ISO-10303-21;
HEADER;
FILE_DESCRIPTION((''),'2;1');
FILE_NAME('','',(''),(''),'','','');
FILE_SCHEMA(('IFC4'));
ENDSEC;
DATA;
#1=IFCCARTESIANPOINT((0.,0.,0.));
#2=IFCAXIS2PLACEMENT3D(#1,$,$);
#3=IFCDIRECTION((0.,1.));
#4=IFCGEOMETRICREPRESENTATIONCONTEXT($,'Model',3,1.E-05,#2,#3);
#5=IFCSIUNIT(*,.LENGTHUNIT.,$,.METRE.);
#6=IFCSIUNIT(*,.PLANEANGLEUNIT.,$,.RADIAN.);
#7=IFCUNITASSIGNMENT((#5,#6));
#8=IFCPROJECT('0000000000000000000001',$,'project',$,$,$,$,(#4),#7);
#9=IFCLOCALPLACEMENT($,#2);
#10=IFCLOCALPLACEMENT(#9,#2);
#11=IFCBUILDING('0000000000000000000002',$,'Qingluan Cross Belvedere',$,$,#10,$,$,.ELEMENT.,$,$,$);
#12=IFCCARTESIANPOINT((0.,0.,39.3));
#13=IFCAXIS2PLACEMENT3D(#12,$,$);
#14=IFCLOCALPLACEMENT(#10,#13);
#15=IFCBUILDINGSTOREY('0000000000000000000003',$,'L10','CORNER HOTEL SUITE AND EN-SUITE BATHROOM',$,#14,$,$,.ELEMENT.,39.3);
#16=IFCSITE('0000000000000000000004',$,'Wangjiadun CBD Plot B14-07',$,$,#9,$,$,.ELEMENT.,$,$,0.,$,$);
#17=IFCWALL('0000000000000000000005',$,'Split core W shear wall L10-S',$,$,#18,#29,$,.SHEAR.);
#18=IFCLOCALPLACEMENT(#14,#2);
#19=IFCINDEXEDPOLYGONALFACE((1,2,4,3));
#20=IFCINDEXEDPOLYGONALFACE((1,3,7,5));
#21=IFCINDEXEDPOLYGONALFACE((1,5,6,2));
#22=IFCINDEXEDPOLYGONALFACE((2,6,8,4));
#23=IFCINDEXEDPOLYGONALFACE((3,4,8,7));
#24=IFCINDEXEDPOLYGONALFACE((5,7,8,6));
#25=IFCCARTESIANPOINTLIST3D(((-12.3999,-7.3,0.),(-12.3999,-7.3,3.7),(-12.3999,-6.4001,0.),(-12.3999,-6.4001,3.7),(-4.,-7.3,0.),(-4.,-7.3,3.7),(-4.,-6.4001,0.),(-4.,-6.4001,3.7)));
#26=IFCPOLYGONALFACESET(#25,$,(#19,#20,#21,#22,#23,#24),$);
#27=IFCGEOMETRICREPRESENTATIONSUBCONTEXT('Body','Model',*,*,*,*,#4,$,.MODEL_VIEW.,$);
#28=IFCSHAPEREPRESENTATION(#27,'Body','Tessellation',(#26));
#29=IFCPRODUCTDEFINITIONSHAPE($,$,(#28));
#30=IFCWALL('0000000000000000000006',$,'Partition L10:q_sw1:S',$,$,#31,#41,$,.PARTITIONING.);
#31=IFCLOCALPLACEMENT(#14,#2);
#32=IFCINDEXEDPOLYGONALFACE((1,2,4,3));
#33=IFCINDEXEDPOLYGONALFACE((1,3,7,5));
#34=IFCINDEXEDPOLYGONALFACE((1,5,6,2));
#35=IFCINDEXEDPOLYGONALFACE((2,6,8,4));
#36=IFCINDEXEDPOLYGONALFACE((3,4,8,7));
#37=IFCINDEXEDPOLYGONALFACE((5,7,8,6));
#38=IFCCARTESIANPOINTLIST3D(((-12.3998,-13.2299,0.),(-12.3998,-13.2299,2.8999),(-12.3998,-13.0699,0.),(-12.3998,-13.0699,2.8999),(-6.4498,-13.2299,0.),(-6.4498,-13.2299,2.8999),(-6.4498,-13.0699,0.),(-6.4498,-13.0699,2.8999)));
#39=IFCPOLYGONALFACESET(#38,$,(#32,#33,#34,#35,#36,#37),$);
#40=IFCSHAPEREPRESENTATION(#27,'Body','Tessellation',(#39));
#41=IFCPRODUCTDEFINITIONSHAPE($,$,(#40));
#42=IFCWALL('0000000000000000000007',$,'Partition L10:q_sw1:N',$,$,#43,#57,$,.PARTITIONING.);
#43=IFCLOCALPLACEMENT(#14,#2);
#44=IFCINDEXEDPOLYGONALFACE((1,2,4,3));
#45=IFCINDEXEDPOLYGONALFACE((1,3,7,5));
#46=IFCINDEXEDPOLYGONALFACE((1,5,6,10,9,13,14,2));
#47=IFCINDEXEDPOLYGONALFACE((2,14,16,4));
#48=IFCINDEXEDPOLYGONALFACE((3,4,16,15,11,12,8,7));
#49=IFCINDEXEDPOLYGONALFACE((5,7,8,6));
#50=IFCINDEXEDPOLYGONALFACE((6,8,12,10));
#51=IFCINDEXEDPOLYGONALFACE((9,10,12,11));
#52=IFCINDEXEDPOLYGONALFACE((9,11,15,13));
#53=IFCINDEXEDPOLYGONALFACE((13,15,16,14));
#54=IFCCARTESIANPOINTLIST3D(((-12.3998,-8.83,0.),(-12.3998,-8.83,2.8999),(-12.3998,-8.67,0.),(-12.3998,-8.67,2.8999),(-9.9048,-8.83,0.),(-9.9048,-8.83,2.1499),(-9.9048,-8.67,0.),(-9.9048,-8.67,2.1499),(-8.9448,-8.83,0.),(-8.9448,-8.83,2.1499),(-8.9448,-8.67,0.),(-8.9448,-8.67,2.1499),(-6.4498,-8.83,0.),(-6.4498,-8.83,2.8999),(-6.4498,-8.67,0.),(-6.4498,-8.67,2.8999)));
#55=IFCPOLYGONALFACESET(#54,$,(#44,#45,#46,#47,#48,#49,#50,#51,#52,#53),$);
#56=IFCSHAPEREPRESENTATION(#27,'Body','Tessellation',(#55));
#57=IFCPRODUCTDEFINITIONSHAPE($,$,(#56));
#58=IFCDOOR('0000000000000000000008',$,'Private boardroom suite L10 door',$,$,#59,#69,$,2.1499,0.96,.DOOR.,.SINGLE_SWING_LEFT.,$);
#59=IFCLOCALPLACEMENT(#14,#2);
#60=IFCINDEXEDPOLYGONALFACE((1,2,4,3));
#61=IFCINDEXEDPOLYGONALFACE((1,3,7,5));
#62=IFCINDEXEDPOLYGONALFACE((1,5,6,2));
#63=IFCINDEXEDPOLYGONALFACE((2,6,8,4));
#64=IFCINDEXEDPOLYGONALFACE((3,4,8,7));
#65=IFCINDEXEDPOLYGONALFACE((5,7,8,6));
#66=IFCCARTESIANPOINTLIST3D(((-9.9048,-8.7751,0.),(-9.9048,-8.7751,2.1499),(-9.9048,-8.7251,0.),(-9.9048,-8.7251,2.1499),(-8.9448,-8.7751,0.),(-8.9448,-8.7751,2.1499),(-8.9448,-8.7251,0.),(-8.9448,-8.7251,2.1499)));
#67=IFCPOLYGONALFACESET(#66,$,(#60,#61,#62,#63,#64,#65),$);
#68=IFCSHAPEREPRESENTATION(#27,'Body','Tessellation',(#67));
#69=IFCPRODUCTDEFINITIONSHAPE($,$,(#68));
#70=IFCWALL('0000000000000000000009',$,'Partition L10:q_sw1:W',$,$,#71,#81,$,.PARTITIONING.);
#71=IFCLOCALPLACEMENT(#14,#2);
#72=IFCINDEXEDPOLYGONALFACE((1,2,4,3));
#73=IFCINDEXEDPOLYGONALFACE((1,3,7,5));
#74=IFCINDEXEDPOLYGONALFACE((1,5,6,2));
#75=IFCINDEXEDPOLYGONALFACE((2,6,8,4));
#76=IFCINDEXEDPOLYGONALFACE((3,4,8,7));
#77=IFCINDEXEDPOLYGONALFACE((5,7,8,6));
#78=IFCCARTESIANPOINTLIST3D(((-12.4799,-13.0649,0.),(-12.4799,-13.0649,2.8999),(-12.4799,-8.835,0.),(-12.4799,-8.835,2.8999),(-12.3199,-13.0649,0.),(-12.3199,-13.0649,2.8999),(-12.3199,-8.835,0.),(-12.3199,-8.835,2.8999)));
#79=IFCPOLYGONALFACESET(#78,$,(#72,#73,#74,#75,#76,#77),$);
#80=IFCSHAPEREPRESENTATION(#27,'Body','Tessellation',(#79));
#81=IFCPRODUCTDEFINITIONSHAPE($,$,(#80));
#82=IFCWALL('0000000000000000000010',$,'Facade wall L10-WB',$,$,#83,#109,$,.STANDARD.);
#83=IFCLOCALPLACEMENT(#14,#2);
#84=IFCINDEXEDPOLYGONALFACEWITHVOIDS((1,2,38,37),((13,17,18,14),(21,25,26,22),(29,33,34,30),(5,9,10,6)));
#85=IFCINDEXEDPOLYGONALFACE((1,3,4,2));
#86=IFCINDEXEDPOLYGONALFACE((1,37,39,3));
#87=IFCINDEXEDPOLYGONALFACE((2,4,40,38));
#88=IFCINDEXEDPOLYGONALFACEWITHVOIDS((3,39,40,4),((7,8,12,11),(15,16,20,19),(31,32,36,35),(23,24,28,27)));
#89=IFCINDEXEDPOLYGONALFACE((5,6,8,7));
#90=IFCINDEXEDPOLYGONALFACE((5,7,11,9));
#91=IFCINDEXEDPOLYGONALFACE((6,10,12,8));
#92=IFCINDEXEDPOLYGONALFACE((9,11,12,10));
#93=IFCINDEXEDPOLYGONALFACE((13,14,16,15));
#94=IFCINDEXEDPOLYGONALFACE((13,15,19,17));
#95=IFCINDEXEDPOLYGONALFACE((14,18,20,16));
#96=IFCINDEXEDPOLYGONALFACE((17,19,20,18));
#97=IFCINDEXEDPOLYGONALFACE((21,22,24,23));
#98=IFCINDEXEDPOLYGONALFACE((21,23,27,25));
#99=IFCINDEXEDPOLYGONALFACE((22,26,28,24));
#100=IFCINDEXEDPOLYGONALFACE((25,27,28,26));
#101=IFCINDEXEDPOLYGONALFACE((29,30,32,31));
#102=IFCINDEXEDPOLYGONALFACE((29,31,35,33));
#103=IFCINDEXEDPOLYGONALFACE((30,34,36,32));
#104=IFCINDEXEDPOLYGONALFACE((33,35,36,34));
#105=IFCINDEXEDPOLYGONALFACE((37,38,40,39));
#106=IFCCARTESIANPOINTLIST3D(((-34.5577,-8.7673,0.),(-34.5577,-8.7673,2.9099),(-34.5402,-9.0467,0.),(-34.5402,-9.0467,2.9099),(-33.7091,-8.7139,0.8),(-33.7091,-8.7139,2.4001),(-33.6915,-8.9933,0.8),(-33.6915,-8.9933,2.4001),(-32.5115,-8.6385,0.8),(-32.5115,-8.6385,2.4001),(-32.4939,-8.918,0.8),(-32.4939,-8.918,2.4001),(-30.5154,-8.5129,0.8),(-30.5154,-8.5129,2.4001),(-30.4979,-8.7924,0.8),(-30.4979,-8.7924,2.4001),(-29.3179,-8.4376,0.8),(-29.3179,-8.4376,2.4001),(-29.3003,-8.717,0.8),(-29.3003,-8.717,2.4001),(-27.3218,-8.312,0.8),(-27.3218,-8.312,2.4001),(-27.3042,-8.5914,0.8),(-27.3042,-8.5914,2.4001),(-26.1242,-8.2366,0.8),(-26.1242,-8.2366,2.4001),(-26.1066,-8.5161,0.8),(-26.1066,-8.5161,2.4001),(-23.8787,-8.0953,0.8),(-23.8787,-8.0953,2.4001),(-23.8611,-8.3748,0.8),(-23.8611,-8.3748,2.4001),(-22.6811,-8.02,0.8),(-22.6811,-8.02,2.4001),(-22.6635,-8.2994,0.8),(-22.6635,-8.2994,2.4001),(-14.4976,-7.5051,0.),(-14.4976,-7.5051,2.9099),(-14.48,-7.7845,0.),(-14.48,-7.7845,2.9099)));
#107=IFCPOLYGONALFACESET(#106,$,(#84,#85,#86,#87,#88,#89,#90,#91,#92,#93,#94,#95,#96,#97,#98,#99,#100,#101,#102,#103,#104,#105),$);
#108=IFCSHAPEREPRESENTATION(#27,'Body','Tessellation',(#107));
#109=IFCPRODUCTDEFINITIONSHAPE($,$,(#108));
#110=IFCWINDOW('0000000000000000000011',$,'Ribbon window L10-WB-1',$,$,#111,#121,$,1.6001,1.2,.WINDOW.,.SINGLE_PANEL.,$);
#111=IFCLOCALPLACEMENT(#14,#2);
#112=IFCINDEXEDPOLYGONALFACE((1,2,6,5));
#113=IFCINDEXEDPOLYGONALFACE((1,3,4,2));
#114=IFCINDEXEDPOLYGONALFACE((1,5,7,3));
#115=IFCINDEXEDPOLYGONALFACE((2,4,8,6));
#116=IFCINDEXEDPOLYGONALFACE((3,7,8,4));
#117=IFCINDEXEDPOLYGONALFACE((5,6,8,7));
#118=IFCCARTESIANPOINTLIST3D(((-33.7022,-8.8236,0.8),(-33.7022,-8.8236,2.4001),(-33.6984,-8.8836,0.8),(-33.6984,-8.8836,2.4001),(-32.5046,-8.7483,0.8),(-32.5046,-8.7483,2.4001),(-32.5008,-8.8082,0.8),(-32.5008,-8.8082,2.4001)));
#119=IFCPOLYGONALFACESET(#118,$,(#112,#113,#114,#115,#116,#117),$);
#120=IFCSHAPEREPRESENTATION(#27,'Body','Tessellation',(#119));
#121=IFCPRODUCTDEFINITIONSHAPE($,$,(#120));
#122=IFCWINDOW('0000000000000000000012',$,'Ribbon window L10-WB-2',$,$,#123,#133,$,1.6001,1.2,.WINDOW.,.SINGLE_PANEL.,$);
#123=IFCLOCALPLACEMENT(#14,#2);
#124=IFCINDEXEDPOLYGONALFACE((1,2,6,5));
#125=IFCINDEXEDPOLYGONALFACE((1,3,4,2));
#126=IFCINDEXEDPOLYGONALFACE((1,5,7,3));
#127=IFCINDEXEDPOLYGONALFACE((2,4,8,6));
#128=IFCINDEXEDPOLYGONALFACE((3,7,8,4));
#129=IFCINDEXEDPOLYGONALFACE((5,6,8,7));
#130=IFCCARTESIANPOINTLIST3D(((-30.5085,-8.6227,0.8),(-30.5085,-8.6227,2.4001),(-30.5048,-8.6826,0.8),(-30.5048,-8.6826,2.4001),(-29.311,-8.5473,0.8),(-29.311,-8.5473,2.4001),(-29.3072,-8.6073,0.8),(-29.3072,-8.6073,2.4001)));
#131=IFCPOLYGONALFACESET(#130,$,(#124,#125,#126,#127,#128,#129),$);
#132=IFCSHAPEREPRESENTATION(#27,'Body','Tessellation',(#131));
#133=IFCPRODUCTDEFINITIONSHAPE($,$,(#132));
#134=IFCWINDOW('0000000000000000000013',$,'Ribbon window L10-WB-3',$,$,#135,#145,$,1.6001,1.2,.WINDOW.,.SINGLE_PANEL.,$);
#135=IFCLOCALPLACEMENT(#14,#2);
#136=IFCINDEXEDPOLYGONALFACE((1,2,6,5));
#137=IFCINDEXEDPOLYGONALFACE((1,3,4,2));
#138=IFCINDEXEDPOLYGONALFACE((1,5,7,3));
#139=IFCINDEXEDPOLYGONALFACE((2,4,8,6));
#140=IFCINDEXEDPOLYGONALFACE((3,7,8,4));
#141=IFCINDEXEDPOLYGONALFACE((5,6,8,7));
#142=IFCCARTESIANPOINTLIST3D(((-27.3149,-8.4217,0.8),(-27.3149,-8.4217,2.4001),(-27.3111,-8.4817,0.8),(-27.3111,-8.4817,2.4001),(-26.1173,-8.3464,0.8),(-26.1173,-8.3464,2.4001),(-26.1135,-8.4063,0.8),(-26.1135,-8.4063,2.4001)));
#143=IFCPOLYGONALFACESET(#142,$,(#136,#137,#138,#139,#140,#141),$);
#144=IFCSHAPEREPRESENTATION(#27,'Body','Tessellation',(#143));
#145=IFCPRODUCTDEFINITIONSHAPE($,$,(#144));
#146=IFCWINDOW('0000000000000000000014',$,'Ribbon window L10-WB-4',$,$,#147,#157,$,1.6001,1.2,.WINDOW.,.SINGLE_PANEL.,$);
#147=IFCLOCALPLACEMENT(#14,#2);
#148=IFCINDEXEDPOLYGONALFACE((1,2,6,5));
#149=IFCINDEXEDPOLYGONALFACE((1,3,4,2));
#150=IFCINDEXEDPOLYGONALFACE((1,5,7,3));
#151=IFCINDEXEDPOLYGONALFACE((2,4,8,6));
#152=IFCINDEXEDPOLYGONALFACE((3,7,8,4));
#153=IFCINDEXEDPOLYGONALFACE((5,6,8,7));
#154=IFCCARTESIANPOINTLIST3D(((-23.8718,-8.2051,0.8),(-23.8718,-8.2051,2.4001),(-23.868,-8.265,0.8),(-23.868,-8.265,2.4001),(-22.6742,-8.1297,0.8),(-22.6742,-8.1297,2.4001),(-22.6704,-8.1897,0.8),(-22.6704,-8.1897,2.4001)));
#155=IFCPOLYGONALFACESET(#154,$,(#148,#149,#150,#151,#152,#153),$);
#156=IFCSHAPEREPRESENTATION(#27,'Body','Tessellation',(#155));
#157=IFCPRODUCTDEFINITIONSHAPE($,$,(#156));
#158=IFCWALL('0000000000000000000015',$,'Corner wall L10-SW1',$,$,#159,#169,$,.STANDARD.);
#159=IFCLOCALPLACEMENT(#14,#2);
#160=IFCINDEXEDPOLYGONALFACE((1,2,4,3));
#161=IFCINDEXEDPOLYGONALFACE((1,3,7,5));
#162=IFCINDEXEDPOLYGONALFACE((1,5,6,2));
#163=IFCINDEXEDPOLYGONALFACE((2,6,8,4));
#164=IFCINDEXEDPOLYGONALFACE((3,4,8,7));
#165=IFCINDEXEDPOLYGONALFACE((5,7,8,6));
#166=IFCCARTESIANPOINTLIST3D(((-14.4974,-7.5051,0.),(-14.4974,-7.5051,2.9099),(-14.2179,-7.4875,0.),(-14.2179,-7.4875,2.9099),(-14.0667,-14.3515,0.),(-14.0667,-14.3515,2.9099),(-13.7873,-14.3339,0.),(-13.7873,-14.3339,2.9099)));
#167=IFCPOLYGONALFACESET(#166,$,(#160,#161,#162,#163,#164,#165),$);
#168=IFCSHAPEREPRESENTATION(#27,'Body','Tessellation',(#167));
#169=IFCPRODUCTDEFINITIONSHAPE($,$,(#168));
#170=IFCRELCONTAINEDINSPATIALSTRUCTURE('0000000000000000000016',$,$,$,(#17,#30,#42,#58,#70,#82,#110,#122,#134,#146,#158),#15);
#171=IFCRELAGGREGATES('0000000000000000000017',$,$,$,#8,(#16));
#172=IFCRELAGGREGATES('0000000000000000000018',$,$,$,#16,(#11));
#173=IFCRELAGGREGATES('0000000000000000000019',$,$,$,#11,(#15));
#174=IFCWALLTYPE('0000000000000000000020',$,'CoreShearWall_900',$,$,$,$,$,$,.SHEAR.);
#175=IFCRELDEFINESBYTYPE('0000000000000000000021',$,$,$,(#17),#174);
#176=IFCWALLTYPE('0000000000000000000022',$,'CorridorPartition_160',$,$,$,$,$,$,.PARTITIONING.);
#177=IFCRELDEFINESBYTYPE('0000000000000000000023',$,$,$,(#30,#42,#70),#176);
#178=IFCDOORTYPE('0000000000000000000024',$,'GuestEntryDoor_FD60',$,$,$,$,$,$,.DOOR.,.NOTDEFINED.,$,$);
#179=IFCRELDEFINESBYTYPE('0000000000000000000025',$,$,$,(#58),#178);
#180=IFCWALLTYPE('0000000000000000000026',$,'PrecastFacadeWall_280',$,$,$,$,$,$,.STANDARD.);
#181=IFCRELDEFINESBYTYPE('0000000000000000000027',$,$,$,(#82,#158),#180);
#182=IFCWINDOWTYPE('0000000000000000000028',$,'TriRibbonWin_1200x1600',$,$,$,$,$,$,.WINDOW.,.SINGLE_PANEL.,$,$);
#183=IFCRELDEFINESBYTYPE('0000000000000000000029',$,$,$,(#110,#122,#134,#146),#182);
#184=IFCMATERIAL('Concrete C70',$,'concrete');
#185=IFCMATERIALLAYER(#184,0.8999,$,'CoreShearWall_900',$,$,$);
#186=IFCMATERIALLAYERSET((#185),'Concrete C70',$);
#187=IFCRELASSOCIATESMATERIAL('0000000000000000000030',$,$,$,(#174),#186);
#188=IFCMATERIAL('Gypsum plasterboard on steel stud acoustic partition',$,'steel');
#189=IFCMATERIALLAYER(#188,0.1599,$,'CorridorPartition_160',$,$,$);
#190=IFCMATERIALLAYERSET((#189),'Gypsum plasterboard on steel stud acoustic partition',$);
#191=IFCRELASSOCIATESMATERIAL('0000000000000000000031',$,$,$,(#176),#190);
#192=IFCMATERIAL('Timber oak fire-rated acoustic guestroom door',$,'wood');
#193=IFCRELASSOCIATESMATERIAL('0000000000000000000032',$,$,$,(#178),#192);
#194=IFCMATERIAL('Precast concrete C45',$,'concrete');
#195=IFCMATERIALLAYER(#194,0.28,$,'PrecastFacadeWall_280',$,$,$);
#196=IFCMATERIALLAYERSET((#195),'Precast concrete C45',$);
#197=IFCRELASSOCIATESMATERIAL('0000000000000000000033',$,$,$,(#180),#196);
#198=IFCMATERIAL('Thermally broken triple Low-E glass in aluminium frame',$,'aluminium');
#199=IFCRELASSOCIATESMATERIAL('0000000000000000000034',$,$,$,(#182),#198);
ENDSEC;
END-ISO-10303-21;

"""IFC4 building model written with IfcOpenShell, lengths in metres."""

from ifc_helpers import new_model, si_unit, direction, frame, frame_2d, origin, place, context, subcontext, project, spatial, rectangle, extrude, material, layer, layer_set, type_object, element, fill, save


model = new_model("IFC4")

# Units and contexts
model_context = context("Model", 3, precision=1e-05, world=origin(), true_north=direction((0.0, 1.0)))
body_context = subcontext(model_context, "Body", "Model", "MODEL_VIEW")
ifc_project = project(units=[si_unit("LENGTHUNIT", "METRE"), si_unit("PLANEANGLEUNIT", "RADIAN")], contexts=[model_context])

# Site, building, storey
site_placement = place(None, origin())
site = spatial("IfcSite", under=ifc_project, at=site_placement, Name="Wangjiadun CBD Plot B14-07", CompositionType="ELEMENT", RefElevation=0.0)
building_placement = place(site_placement, origin())
building = spatial("IfcBuilding", under=site, at=building_placement, Name="Qingluan Cross Belvedere", CompositionType="ELEMENT")
storey_placement = place(building_placement, frame((0.0, 0.0, 39.3)))
storey = spatial("IfcBuildingStorey", under=building, at=storey_placement, Name="L10", Description="CORNER HOTEL SUITE AND EN-SUITE BATHROOM", CompositionType="ELEMENT", Elevation=39.3)

# Walls
ifc_material_1 = material(Name="Concrete C70", Category="concrete")
ifc_layer_1 = layer(ifc_material_1, 0.8999, Name="CoreShearWall_900")
ifc_layer_set_1 = layer_set([ifc_layer_1], Name="Concrete C70")
wall_type_1 = type_object("IfcWallType", Name="CoreShearWall_900", PredefinedType="SHEAR", material=ifc_layer_set_1)
wall_1_placement = place(storey_placement, frame((-12.3999, -6.8501, 0.0), z_axis=(0.0, 0.0, 1.0), x_axis=(1.0, 0.0, 0.0)))
element("IfcWall", 1, at=wall_1_placement, inside=storey, type_object=wall_type_1, Name="Split core W shear wall L10-S", PredefinedType="SHEAR", context=body_context, shape_type="SweptSolid", body=[
    extrude(rectangle(XDim=8.3999, YDim=0.8999, at=frame_2d((4.2, 0.0))), origin(), (0.0, 0.0, 1.0), 3.7),
])
ifc_material_2 = material(Name="Gypsum plasterboard on steel stud acoustic partition", Category="steel")
ifc_layer_2 = layer(ifc_material_2, 0.1599, Name="CorridorPartition_160")
ifc_layer_set_2 = layer_set([ifc_layer_2], Name="Gypsum plasterboard on steel stud acoustic partition")
wall_type_2 = type_object("IfcWallType", Name="CorridorPartition_160", PredefinedType="PARTITIONING", material=ifc_layer_set_2)
wall_2_placement = place(storey_placement, frame((-12.3999, -13.1499, 0.0), z_axis=(0.0, 0.0, 1.0), x_axis=(1.0, 0.0, 0.0)))
element("IfcWall", 2, at=wall_2_placement, inside=storey, type_object=wall_type_2, Name="Partition L10:q_sw1:S", PredefinedType="PARTITIONING", context=body_context, shape_type="SweptSolid", body=[
    extrude(rectangle(XDim=5.95, YDim=0.1599, at=frame_2d((2.9751, 0.0))), origin(), (0.0, 0.0, 1.0), 2.8999),
])

# Wall, opening, door
wall_3_placement = place(storey_placement, frame((-12.3999, -8.75, 0.0), z_axis=(0.0, 0.0, 1.0), x_axis=(1.0, 0.0, 0.0)))
wall_3 = element("IfcWall", 3, at=wall_3_placement, inside=storey, type_object=wall_type_2, Name="Partition L10:q_sw1:N", PredefinedType="PARTITIONING", context=body_context, shape_type="SweptSolid", body=[
    extrude(rectangle(XDim=5.95, YDim=0.1599, at=frame_2d((2.9751, 0.0))), origin(), (0.0, 0.0, 1.0), 2.8999),
])
opening_1_placement = place(wall_3_placement, frame((2.4951, 0.0, 0.0)))
opening_1 = element("IfcOpeningElement", 4, at=opening_1_placement, cuts=wall_3, PredefinedType="OPENING", context=body_context, shape_type="SweptSolid", body=[
    extrude(rectangle(XDim=0.96, YDim=2.1499, at=frame_2d((0.48, 1.075))), frame((0.0, 0.0898, 0.0), z_axis=(0.0, -1.0, 0.0), x_axis=(1.0, 0.0, 0.0)), (0.0, 0.0, 1.0), 0.1799),
])
ifc_material_3 = material(Name="Timber oak fire-rated acoustic guestroom door", Category="wood")
door_type = type_object("IfcDoorType", Name="GuestEntryDoor_FD60", OperationType="NOTDEFINED", PredefinedType="DOOR", material=ifc_material_3)
door_placement = place(opening_1_placement, origin())
door = element("IfcDoor", 5, at=door_placement, inside=storey, type_object=door_type, Name="Private boardroom suite L10 door", OperationType="SINGLE_SWING_LEFT", OverallHeight=2.1499, OverallWidth=0.96, PredefinedType="DOOR", context=body_context, shape_type="SweptSolid", body=[
    extrude(rectangle(XDim=0.96, YDim=2.1499, at=frame_2d((0.48, 1.075))), frame((0.0, 0.0249, 0.0), z_axis=(0.0, -1.0, 0.0), x_axis=(1.0, 0.0, 0.0)), (0.0, 0.0, 1.0), 0.05),
])
fill(opening_1, door)

# Wall
wall_4_placement = place(storey_placement, frame((-12.3999, -13.0649, 0.0), z_axis=(0.0, 0.0, 1.0), x_axis=(0.0, 1.0, 0.0)))
element("IfcWall", 6, at=wall_4_placement, inside=storey, type_object=wall_type_2, Name="Partition L10:q_sw1:W", PredefinedType="PARTITIONING", context=body_context, shape_type="SweptSolid", body=[
    extrude(rectangle(XDim=4.23, YDim=0.1599, at=frame_2d((2.115, 0.0))), origin(), (0.0, 0.0, 1.0), 2.8999),
])

# Wall, openings, windows
ifc_material_4 = material(Name="Precast concrete C45", Category="concrete")
ifc_layer_3 = layer(ifc_material_4, 0.28, Name="PrecastFacadeWall_280")
ifc_layer_set_3 = layer_set([ifc_layer_3], Name="Precast concrete C45")
wall_type_3 = type_object("IfcWallType", Name="PrecastFacadeWall_280", PredefinedType="STANDARD", material=ifc_layer_set_3)
wall_5_placement = place(storey_placement, frame((-34.5488, -8.907, 0.0), z_axis=(0.0, 0.0, 1.0), x_axis=(0.998026, 0.062796, 0.0)))
wall_5 = element("IfcWall", 7, at=wall_5_placement, inside=storey, type_object=wall_type_3, Name="Facade wall L10-WB", PredefinedType="STANDARD", context=body_context, shape_type="SweptSolid", body=[
    extrude(rectangle(XDim=20.0999, YDim=0.28, at=frame_2d((10.0498, 0.0))), origin(), (0.0, 0.0, 1.0), 2.9099),
])
opening_2_placement = place(wall_5_placement, frame((0.8501, 0.0, 0.8)))
opening_2 = element("IfcOpeningElement", 8, at=opening_2_placement, cuts=wall_5, PredefinedType="OPENING", context=body_context, shape_type="SweptSolid", body=[
    extrude(rectangle(XDim=1.2, YDim=1.6001, at=frame_2d((0.6001, 0.8))), frame((0.0, 0.1499, 0.0), z_axis=(0.0, -1.0, 0.0), x_axis=(1.0, 0.0, 0.0)), (0.0, 0.0, 1.0), 0.3),
])
opening_3_placement = place(wall_5_placement, frame((4.05, 0.0, 0.8)))
opening_3 = element("IfcOpeningElement", 9, at=opening_3_placement, cuts=wall_5, PredefinedType="OPENING", context=body_context, shape_type="SweptSolid", body=[
    extrude(rectangle(XDim=1.2, YDim=1.6001, at=frame_2d((0.6001, 0.8))), frame((0.0, 0.1499, 0.0), z_axis=(0.0, -1.0, 0.0), x_axis=(1.0, 0.0, 0.0)), (0.0, 0.0, 1.0), 0.3),
])
opening_4_placement = place(wall_5_placement, frame((7.25, 0.0, 0.8)))
opening_4 = element("IfcOpeningElement", 10, at=opening_4_placement, cuts=wall_5, PredefinedType="OPENING", context=body_context, shape_type="SweptSolid", body=[
    extrude(rectangle(XDim=1.2, YDim=1.6001, at=frame_2d((0.6001, 0.8))), frame((0.0, 0.1499, 0.0), z_axis=(0.0, -1.0, 0.0), x_axis=(1.0, 0.0, 0.0)), (0.0, 0.0, 1.0), 0.3),
])
opening_5_placement = place(wall_5_placement, frame((10.7, 0.0, 0.8)))
opening_5 = element("IfcOpeningElement", 11, at=opening_5_placement, cuts=wall_5, PredefinedType="OPENING", context=body_context, shape_type="SweptSolid", body=[
    extrude(rectangle(XDim=1.2, YDim=1.6001, at=frame_2d((0.6001, 0.8))), frame((0.0, 0.1499, 0.0), z_axis=(0.0, -1.0, 0.0), x_axis=(1.0, 0.0, 0.0)), (0.0, 0.0, 1.0), 0.3),
])
ifc_material_5 = material(Name="Thermally broken triple Low-E glass in aluminium frame", Category="aluminium")
window_type = type_object("IfcWindowType", Name="TriRibbonWin_1200x1600", PartitioningType="SINGLE_PANEL", PredefinedType="WINDOW", material=ifc_material_5)
window_1_placement = place(opening_2_placement, origin())
window_1 = element("IfcWindow", 12, at=window_1_placement, inside=storey, type_object=window_type, Name="Ribbon window L10-WB-1", OverallHeight=1.6001, OverallWidth=1.2, PartitioningType="SINGLE_PANEL", PredefinedType="WINDOW", context=body_context, shape_type="SweptSolid", body=[
    extrude(rectangle(XDim=1.2, YDim=1.6001, at=frame_2d((0.6001, 0.8))), frame((0.0, 0.03, 0.0), z_axis=(0.0, -1.0, 0.0), x_axis=(1.0, 0.0, 0.0)), (0.0, 0.0, 1.0), 0.0601),
])
fill(opening_2, window_1)
window_2_placement = place(opening_3_placement, origin())
window_2 = element("IfcWindow", 13, at=window_2_placement, inside=storey, type_object=window_type, Name="Ribbon window L10-WB-2", OverallHeight=1.6001, OverallWidth=1.2, PartitioningType="SINGLE_PANEL", PredefinedType="WINDOW", context=body_context, shape_type="SweptSolid", body=[
    extrude(rectangle(XDim=1.2, YDim=1.6001, at=frame_2d((0.6001, 0.8))), frame((0.0, 0.03, 0.0), z_axis=(0.0, -1.0, 0.0), x_axis=(1.0, 0.0, 0.0)), (0.0, 0.0, 1.0), 0.0601),
])
fill(opening_3, window_2)
window_3_placement = place(opening_4_placement, origin())
window_3 = element("IfcWindow", 14, at=window_3_placement, inside=storey, type_object=window_type, Name="Ribbon window L10-WB-3", OverallHeight=1.6001, OverallWidth=1.2, PartitioningType="SINGLE_PANEL", PredefinedType="WINDOW", context=body_context, shape_type="SweptSolid", body=[
    extrude(rectangle(XDim=1.2, YDim=1.6001, at=frame_2d((0.6001, 0.8))), frame((0.0, 0.03, 0.0), z_axis=(0.0, -1.0, 0.0), x_axis=(1.0, 0.0, 0.0)), (0.0, 0.0, 1.0), 0.0601),
])
fill(opening_4, window_3)
window_4_placement = place(opening_5_placement, origin())
window_4 = element("IfcWindow", 15, at=window_4_placement, inside=storey, type_object=window_type, Name="Ribbon window L10-WB-4", OverallHeight=1.6001, OverallWidth=1.2, PartitioningType="SINGLE_PANEL", PredefinedType="WINDOW", context=body_context, shape_type="SweptSolid", body=[
    extrude(rectangle(XDim=1.2, YDim=1.6001, at=frame_2d((0.6001, 0.8))), frame((0.0, 0.03, 0.0), z_axis=(0.0, -1.0, 0.0), x_axis=(1.0, 0.0, 0.0)), (0.0, 0.0, 1.0), 0.0601),
])
fill(opening_5, window_4)

# Wall
wall_6_placement = place(storey_placement, frame((-14.3577, -7.4963, 0.0), z_axis=(0.0, 0.0, 1.0), x_axis=(0.062779, -0.998027, 0.0)))
element("IfcWall", 16, at=wall_6_placement, inside=storey, type_object=wall_type_3, Name="Corner wall L10-SW1", PredefinedType="STANDARD", context=body_context, shape_type="SweptSolid", body=[
    extrude(rectangle(XDim=6.8599, YDim=0.28, at=frame_2d((3.4299, 0.0))), origin(), (0.0, 0.0, 1.0), 2.9099),
])

save(model, "model.ifc")
